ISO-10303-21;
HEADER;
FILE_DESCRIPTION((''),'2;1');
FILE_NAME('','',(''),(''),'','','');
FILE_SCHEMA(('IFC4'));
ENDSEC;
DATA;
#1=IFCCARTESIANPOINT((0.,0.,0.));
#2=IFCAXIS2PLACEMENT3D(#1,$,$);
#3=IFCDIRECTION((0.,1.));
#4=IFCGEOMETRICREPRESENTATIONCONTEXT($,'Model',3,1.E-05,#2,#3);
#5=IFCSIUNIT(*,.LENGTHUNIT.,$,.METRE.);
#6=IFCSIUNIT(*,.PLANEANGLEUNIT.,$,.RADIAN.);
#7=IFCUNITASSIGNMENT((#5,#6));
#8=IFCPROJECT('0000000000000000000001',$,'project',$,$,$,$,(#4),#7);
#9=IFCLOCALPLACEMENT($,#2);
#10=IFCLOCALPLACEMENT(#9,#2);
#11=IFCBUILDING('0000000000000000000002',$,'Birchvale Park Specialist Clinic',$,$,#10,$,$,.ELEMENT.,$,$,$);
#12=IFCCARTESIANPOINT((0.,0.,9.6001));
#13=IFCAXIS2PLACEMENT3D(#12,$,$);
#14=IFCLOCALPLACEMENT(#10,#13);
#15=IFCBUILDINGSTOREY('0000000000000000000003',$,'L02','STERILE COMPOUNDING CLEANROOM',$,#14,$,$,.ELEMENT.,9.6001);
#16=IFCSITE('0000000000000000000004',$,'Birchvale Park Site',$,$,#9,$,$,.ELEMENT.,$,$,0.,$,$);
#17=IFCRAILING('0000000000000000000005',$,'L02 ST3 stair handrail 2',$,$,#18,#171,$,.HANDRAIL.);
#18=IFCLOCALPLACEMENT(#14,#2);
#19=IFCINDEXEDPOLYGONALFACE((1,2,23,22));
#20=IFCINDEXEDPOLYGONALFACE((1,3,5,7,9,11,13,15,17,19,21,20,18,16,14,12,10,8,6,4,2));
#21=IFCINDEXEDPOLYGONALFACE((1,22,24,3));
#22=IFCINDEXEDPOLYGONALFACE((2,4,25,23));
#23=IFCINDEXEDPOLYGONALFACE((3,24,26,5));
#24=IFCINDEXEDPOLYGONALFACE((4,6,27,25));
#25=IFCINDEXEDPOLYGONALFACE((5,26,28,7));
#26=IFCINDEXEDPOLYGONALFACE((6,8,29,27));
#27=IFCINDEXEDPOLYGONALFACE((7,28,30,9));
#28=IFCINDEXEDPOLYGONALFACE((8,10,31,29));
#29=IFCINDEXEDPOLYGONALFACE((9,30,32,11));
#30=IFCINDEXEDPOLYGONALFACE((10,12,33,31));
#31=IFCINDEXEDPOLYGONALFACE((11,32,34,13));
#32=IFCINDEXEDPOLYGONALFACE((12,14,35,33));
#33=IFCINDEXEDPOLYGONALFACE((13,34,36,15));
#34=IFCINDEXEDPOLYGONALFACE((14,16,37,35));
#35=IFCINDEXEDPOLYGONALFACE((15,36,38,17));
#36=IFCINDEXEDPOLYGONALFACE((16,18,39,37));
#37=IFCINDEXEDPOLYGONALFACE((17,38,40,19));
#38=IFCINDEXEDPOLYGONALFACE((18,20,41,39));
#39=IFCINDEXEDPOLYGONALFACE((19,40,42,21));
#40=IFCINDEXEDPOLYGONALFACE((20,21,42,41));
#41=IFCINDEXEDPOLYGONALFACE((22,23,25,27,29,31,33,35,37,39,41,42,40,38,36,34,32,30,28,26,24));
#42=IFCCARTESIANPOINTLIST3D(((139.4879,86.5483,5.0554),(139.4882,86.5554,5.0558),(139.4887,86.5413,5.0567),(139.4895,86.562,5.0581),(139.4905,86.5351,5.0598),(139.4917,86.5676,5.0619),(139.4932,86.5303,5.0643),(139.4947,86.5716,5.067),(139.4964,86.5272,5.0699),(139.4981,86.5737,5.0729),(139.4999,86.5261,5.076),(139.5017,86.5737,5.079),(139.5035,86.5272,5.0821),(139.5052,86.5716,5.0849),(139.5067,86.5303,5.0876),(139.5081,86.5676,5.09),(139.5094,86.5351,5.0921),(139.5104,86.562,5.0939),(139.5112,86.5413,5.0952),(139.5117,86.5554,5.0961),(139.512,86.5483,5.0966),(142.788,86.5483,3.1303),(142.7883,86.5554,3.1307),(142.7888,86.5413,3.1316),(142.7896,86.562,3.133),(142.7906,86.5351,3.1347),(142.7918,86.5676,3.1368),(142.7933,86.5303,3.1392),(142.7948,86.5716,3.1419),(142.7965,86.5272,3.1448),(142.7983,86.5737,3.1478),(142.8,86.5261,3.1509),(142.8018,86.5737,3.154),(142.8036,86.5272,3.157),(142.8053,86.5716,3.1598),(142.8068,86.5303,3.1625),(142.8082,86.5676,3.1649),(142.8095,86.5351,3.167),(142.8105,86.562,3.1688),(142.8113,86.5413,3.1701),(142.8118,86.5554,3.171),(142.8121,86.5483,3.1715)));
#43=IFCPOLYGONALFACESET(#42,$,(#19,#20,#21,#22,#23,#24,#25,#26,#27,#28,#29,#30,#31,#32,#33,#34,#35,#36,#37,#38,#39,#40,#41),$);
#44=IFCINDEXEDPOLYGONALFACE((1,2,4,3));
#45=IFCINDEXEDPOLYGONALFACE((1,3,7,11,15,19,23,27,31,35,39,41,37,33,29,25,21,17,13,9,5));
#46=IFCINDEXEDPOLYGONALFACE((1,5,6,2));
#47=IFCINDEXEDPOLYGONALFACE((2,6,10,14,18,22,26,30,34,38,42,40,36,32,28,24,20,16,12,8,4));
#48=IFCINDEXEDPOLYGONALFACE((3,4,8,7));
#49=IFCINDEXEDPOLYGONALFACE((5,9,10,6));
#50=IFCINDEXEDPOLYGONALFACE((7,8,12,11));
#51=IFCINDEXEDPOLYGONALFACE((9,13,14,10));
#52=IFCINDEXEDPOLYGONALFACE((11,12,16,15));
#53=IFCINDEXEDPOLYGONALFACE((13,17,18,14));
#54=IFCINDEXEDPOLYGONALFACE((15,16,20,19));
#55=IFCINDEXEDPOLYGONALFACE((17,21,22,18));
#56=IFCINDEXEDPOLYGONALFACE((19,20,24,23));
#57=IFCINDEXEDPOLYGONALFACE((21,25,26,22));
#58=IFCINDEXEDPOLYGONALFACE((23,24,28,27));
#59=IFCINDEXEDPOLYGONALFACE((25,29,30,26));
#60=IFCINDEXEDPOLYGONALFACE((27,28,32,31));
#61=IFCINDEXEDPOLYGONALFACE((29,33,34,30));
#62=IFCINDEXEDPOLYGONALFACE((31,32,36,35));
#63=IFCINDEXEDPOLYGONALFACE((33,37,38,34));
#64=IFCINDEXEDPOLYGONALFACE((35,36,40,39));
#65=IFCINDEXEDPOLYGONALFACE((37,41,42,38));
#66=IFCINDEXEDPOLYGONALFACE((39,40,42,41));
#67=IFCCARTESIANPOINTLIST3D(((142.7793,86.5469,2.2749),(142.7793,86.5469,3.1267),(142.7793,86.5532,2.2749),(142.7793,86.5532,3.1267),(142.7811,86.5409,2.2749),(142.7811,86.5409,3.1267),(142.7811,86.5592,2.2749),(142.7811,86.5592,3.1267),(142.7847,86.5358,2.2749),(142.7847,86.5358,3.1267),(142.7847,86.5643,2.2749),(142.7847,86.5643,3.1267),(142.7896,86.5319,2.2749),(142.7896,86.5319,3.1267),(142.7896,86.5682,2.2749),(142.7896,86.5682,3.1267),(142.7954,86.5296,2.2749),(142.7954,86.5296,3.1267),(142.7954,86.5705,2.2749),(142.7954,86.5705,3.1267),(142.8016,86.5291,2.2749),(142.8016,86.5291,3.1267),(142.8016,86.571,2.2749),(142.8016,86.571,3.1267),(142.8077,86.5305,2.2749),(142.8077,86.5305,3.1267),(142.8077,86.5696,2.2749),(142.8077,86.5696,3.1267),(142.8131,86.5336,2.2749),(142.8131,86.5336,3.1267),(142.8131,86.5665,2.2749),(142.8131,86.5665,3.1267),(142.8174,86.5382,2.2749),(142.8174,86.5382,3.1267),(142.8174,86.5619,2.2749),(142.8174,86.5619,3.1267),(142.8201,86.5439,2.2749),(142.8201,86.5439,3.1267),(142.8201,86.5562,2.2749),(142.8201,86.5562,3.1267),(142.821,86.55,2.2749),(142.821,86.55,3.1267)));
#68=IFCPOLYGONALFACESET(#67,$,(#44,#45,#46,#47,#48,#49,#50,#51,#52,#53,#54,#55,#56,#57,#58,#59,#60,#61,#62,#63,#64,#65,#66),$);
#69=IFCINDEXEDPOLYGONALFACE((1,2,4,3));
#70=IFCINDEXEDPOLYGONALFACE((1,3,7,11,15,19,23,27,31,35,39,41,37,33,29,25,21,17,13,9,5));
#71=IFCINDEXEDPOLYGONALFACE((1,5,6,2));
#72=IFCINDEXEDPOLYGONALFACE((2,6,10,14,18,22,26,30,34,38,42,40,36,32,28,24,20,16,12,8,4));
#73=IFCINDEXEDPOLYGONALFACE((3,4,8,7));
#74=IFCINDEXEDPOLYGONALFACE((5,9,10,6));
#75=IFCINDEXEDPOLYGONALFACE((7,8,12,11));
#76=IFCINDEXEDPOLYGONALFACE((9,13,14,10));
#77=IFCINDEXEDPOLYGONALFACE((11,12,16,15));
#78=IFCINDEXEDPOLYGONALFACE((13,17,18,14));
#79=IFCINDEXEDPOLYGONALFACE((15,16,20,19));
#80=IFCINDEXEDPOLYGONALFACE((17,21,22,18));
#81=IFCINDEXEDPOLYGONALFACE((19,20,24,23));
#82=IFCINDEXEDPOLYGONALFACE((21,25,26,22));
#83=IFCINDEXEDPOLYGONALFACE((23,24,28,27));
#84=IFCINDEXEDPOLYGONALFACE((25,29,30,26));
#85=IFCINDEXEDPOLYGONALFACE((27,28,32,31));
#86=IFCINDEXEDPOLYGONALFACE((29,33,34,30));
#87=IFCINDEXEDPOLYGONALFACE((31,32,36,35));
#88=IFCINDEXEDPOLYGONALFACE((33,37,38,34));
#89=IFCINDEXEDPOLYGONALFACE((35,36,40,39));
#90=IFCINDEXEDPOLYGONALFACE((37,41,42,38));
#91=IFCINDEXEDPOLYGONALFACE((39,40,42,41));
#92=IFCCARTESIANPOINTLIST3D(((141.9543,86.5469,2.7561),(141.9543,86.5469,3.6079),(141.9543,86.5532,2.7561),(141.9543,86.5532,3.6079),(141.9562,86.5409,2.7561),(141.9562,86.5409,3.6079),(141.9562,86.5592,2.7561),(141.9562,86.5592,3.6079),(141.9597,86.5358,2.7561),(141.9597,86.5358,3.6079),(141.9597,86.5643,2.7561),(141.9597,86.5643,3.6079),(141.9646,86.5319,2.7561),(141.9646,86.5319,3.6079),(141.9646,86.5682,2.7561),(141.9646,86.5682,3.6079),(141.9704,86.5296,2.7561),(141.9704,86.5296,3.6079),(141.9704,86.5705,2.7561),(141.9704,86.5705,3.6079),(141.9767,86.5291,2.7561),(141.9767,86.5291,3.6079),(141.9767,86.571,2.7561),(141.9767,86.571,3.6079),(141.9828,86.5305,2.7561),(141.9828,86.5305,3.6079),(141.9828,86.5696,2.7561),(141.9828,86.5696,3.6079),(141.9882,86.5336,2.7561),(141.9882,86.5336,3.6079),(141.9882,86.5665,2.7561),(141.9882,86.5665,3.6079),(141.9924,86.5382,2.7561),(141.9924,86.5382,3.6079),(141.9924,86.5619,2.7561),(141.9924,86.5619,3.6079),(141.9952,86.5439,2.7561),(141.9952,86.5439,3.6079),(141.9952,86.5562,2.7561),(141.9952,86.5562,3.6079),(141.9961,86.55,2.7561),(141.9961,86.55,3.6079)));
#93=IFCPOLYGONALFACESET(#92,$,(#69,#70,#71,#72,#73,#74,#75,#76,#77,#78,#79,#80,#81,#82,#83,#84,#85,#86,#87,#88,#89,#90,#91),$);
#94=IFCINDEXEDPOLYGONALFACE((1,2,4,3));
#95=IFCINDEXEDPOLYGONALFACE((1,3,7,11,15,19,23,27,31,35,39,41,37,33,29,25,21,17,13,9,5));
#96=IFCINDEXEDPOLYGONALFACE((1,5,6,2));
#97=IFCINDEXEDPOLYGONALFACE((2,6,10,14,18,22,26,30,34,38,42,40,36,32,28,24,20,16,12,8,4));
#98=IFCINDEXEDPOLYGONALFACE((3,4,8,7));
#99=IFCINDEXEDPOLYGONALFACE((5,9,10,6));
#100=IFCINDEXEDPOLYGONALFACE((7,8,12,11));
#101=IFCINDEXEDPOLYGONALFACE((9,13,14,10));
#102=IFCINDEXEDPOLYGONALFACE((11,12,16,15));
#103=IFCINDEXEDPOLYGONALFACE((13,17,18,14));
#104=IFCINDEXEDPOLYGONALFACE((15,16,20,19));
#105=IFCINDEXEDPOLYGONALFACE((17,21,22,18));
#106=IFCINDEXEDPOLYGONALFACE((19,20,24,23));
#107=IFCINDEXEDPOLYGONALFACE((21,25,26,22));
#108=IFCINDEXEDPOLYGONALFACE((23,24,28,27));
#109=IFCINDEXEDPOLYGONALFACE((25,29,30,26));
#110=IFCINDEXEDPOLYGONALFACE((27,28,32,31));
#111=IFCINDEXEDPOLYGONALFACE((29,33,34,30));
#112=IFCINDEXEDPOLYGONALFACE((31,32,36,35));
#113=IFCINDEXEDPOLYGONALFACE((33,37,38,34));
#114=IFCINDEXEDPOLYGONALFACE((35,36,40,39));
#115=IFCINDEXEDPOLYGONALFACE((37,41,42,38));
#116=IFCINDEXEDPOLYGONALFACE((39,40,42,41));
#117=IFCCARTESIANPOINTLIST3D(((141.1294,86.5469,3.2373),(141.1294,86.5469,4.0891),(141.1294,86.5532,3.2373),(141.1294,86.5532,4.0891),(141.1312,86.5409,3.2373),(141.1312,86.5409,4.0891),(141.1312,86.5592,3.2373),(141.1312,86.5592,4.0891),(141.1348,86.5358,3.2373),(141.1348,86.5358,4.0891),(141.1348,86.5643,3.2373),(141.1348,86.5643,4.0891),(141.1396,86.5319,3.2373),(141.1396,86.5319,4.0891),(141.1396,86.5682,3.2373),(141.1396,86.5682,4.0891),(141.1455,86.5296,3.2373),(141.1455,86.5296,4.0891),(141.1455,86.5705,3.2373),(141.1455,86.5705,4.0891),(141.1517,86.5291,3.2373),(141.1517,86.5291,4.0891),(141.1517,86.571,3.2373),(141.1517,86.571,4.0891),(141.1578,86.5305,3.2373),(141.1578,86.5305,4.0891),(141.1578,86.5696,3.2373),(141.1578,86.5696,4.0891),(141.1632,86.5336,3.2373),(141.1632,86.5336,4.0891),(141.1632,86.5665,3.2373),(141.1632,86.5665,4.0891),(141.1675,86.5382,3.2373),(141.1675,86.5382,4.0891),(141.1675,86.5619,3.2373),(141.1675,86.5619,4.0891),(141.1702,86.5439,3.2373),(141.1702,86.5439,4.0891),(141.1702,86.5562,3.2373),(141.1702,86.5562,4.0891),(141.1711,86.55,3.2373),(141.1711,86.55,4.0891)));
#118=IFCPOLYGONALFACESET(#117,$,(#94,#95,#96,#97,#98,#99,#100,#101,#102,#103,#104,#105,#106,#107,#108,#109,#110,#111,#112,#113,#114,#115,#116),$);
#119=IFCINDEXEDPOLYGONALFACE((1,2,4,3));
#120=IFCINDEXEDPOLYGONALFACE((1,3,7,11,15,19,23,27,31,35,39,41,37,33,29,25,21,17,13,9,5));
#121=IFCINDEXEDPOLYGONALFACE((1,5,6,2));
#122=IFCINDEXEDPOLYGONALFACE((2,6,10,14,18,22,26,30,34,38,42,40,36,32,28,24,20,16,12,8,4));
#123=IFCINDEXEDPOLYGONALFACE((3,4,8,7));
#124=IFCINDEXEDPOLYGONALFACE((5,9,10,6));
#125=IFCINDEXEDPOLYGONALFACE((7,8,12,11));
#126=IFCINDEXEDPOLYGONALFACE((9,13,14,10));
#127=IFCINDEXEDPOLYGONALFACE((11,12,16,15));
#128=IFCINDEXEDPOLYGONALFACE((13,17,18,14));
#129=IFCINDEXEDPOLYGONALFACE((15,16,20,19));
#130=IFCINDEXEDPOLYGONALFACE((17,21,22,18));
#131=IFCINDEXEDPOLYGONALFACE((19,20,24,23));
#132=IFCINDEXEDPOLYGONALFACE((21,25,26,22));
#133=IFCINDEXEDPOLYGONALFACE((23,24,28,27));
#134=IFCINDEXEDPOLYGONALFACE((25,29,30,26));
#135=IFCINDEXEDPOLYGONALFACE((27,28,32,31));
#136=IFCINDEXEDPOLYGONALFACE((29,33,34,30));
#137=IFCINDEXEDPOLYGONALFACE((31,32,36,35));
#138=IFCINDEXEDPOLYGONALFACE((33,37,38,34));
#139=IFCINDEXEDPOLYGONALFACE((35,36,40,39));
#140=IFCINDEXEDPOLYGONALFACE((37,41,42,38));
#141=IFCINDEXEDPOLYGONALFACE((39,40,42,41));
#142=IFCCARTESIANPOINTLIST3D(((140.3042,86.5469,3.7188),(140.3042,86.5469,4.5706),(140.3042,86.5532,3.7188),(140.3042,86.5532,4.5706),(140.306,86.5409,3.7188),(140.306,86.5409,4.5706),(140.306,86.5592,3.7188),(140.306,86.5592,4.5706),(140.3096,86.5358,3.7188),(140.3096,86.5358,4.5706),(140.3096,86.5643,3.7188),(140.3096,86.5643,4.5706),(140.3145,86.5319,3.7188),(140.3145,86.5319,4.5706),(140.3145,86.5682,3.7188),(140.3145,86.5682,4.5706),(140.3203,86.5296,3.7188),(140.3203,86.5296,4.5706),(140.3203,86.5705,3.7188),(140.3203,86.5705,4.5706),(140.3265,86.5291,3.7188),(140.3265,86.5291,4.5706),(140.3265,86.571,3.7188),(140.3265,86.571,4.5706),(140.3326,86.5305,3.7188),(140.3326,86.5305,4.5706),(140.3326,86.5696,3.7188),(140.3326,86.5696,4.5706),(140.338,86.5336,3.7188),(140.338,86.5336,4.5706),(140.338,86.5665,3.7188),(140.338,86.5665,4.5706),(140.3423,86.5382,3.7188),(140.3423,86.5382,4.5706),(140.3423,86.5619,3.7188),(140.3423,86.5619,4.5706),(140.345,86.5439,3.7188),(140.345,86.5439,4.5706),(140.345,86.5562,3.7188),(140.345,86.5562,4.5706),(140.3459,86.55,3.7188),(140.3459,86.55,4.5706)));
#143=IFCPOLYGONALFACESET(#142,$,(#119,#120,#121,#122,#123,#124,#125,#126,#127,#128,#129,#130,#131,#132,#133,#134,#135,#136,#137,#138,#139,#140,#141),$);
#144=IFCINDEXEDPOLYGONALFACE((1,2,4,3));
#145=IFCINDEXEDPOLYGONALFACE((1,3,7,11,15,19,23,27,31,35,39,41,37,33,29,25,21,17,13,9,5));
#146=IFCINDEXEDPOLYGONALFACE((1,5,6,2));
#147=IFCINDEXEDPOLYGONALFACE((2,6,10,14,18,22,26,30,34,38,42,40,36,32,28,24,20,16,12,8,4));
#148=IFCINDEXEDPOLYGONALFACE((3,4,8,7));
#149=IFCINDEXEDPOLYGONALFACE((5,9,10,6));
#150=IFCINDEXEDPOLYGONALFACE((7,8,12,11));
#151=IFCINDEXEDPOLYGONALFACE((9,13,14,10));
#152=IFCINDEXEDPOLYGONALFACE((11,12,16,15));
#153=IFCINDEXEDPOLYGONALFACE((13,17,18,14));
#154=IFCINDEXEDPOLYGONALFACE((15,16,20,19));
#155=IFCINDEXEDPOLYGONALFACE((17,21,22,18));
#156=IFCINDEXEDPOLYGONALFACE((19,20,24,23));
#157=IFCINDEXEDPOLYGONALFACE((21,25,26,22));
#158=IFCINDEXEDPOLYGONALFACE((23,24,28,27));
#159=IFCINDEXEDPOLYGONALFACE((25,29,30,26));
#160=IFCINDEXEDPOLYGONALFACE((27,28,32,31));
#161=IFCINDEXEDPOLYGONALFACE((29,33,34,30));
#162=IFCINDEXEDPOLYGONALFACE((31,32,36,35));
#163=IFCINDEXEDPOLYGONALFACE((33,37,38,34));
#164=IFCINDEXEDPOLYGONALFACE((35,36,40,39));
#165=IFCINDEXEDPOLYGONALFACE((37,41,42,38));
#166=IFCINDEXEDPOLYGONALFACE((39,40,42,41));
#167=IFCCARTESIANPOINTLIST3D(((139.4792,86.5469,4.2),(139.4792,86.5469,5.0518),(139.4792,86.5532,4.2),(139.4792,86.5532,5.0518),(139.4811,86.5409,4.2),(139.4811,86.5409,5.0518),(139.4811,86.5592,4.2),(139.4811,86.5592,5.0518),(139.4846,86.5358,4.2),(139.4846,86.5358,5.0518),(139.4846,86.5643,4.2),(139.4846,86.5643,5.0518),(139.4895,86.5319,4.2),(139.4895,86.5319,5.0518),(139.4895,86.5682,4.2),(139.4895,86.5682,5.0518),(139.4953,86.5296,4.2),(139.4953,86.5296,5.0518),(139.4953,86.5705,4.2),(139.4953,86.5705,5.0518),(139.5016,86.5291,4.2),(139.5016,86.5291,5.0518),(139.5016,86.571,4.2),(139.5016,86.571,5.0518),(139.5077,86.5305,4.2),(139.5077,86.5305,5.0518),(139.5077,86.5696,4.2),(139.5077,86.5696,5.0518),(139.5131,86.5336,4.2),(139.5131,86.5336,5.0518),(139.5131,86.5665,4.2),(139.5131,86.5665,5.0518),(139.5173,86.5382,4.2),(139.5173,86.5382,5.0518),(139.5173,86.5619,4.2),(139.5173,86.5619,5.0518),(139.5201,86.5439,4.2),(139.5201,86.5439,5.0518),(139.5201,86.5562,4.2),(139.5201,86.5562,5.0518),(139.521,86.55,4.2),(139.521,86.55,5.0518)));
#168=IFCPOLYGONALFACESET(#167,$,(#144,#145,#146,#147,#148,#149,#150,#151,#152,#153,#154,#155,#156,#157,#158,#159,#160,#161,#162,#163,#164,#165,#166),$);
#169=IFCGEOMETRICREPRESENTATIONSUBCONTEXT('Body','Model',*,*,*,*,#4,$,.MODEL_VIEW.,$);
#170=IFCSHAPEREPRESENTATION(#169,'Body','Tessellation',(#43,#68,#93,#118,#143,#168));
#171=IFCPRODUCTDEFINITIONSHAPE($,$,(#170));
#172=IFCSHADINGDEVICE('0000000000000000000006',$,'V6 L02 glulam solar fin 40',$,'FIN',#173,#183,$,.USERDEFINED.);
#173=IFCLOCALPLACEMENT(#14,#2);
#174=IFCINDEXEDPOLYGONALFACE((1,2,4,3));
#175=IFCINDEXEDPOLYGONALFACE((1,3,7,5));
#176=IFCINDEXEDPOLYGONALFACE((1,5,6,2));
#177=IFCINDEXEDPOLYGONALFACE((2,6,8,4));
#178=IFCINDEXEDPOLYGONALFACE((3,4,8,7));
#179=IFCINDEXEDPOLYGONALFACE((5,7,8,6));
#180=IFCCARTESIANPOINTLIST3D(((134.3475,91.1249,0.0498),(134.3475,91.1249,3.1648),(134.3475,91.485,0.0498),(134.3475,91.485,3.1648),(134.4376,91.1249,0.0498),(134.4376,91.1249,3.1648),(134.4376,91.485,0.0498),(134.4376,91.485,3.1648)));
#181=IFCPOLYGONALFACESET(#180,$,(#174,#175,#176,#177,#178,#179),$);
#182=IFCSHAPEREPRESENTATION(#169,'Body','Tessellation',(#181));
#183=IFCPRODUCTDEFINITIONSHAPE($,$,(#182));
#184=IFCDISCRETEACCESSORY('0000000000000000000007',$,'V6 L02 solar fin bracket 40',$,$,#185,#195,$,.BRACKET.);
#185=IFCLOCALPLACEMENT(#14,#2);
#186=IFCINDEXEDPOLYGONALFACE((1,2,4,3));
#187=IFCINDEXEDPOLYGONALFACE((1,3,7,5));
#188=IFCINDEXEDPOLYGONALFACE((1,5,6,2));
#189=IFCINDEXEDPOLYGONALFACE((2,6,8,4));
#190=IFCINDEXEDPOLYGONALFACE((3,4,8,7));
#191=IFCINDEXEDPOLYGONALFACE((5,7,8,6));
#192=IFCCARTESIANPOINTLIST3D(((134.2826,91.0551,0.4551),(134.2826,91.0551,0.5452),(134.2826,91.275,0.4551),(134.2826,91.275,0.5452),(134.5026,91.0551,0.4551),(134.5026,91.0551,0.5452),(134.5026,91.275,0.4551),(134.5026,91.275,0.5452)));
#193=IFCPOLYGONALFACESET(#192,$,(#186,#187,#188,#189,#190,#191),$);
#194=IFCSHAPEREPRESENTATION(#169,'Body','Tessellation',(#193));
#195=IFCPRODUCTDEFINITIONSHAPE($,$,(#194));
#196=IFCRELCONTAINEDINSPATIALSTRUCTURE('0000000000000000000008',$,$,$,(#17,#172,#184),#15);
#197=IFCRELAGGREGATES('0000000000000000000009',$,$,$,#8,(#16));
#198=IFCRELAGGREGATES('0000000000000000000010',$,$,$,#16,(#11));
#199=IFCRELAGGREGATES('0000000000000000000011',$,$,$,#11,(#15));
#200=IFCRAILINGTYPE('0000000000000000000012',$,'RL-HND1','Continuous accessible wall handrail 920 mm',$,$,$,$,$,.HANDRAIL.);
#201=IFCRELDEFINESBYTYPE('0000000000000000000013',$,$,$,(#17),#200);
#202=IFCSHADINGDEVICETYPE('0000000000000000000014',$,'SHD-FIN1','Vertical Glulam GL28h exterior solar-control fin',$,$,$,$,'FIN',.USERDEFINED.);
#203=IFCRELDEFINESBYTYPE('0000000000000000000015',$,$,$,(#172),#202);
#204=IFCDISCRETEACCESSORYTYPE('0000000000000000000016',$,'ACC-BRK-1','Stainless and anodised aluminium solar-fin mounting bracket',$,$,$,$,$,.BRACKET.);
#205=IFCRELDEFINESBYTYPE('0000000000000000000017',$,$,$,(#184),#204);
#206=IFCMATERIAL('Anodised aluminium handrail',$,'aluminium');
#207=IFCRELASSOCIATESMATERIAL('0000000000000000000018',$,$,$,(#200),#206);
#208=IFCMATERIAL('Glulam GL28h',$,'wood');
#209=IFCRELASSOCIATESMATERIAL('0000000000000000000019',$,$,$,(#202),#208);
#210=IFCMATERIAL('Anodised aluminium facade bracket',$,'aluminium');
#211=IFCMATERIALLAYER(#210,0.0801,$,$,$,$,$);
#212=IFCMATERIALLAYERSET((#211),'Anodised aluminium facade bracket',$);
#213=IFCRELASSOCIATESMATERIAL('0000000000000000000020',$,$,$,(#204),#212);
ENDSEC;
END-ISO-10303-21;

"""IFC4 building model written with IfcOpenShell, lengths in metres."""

from ifc_helpers import new_model, si_unit, direction, frame, origin, origin_2d, place, context, subcontext, project, spatial, rectangle, circle, extrude, material, layer, layer_set, type_object, element, save


model = new_model("IFC4")

# Units and contexts
model_context = context("Model", 3, precision=1e-05, world=origin(), true_north=direction((0.0, 1.0)))
body_context = subcontext(model_context, "Body", "Model", "MODEL_VIEW")
ifc_project = project(units=[si_unit("LENGTHUNIT", "METRE"), si_unit("PLANEANGLEUNIT", "RADIAN")], contexts=[model_context])

# Site, building, storey
site_placement = place(None, origin())
site = spatial("IfcSite", under=ifc_project, at=site_placement, Name="Birchvale Park Site", CompositionType="ELEMENT", RefElevation=0.0)
building_placement = place(site_placement, origin())
building = spatial("IfcBuilding", under=site, at=building_placement, Name="Birchvale Park Specialist Clinic", CompositionType="ELEMENT")
storey_placement = place(building_placement, frame((0.0, 0.0, 9.6001)))
storey = spatial("IfcBuildingStorey", under=building, at=storey_placement, Name="L02", Description="STERILE COMPOUNDING CLEANROOM", CompositionType="ELEMENT", Elevation=9.6001)

# Railing
ifc_material_1 = material(Name="Anodised aluminium handrail", Category="aluminium")
railing_type = type_object("IfcRailingType", Name="RL-HND1", Description="Continuous accessible wall handrail 920 mm", PredefinedType="HANDRAIL", material=ifc_material_1)
railing_placement = place(storey_placement, frame((142.8, 86.55, 2.2749)))
element("IfcRailing", 1, at=railing_placement, inside=storey, type_object=railing_type, Name="L02 ST3 stair handrail 2", PredefinedType="HANDRAIL", context=body_context, shape_type="SweptSolid", body=[
    extrude(circle(Radius=0.0239, at=origin_2d()), frame((0.0, 0.0, 0.876), z_axis=(-0.863777, 0.0, 0.503875), x_axis=(0.0, -1.0, 0.0)), (0.0, 0.0, 1.0), 3.8206),
    extrude(circle(Radius=0.021, at=origin_2d()), origin(), (0.0, 0.0, 1.0), 0.8518),
    extrude(circle(Radius=0.021, at=origin_2d()), frame((-0.825, 0.0, 0.4812)), (0.0, 0.0, 1.0), 0.8518),
    extrude(circle(Radius=0.021, at=origin_2d()), frame((-1.6499, 0.0, 0.9624)), (0.0, 0.0, 1.0), 0.8518),
    extrude(circle(Radius=0.021, at=origin_2d()), frame((-2.4751, 0.0, 1.4438)), (0.0, 0.0, 1.0), 0.8518),
    extrude(circle(Radius=0.021, at=origin_2d()), frame((-3.3, 0.0, 1.925)), (0.0, 0.0, 1.0), 0.8518),
])

# Shading device
ifc_material_2 = material(Name="Glulam GL28h", Category="wood")
shading_device_type = type_object("IfcShadingDeviceType", Name="SHD-FIN1", Description="Vertical Glulam GL28h exterior solar-control fin", ElementType="FIN", PredefinedType="USERDEFINED", material=ifc_material_2)
shading_device_placement = place(storey_placement, frame((134.3926, 91.3049, 0.0498), z_axis=(0.0, 0.0, 1.0), x_axis=(0.0, 1.0, 0.0)))
element("IfcShadingDevice", 2, at=shading_device_placement, inside=storey, type_object=shading_device_type, Name="V6 L02 glulam solar fin 40", ObjectType="FIN", PredefinedType="USERDEFINED", context=body_context, shape_type="SweptSolid", body=[
    extrude(rectangle(XDim=0.3601, YDim=0.0901, at=origin_2d()), origin(), (0.0, 0.0, 1.0), 3.115),
])

# Discrete accessory
ifc_material_3 = material(Name="Anodised aluminium facade bracket", Category="aluminium")
ifc_layer_1 = layer(ifc_material_3, 0.0801)
ifc_layer_set_1 = layer_set([ifc_layer_1], Name="Anodised aluminium facade bracket")
discrete_accessory_type = type_object("IfcDiscreteAccessoryType", Name="ACC-BRK-1", Description="Stainless and anodised aluminium solar-fin mounting bracket", PredefinedType="BRACKET", material=ifc_layer_set_1)
discrete_accessory_placement = place(storey_placement, frame((134.3926, 91.165, 0.4551), z_axis=(0.0, 0.0, 1.0), x_axis=(0.0, 1.0, 0.0)))
element("IfcDiscreteAccessory", 3, at=discrete_accessory_placement, inside=storey, type_object=discrete_accessory_type, Name="V6 L02 solar fin bracket 40", PredefinedType="BRACKET", context=body_context, shape_type="SweptSolid", body=[
    extrude(rectangle(XDim=0.22, YDim=0.22, at=origin_2d()), origin(), (0.0, 0.0, 1.0), 0.0901),
])

save(model, "model.ifc")
